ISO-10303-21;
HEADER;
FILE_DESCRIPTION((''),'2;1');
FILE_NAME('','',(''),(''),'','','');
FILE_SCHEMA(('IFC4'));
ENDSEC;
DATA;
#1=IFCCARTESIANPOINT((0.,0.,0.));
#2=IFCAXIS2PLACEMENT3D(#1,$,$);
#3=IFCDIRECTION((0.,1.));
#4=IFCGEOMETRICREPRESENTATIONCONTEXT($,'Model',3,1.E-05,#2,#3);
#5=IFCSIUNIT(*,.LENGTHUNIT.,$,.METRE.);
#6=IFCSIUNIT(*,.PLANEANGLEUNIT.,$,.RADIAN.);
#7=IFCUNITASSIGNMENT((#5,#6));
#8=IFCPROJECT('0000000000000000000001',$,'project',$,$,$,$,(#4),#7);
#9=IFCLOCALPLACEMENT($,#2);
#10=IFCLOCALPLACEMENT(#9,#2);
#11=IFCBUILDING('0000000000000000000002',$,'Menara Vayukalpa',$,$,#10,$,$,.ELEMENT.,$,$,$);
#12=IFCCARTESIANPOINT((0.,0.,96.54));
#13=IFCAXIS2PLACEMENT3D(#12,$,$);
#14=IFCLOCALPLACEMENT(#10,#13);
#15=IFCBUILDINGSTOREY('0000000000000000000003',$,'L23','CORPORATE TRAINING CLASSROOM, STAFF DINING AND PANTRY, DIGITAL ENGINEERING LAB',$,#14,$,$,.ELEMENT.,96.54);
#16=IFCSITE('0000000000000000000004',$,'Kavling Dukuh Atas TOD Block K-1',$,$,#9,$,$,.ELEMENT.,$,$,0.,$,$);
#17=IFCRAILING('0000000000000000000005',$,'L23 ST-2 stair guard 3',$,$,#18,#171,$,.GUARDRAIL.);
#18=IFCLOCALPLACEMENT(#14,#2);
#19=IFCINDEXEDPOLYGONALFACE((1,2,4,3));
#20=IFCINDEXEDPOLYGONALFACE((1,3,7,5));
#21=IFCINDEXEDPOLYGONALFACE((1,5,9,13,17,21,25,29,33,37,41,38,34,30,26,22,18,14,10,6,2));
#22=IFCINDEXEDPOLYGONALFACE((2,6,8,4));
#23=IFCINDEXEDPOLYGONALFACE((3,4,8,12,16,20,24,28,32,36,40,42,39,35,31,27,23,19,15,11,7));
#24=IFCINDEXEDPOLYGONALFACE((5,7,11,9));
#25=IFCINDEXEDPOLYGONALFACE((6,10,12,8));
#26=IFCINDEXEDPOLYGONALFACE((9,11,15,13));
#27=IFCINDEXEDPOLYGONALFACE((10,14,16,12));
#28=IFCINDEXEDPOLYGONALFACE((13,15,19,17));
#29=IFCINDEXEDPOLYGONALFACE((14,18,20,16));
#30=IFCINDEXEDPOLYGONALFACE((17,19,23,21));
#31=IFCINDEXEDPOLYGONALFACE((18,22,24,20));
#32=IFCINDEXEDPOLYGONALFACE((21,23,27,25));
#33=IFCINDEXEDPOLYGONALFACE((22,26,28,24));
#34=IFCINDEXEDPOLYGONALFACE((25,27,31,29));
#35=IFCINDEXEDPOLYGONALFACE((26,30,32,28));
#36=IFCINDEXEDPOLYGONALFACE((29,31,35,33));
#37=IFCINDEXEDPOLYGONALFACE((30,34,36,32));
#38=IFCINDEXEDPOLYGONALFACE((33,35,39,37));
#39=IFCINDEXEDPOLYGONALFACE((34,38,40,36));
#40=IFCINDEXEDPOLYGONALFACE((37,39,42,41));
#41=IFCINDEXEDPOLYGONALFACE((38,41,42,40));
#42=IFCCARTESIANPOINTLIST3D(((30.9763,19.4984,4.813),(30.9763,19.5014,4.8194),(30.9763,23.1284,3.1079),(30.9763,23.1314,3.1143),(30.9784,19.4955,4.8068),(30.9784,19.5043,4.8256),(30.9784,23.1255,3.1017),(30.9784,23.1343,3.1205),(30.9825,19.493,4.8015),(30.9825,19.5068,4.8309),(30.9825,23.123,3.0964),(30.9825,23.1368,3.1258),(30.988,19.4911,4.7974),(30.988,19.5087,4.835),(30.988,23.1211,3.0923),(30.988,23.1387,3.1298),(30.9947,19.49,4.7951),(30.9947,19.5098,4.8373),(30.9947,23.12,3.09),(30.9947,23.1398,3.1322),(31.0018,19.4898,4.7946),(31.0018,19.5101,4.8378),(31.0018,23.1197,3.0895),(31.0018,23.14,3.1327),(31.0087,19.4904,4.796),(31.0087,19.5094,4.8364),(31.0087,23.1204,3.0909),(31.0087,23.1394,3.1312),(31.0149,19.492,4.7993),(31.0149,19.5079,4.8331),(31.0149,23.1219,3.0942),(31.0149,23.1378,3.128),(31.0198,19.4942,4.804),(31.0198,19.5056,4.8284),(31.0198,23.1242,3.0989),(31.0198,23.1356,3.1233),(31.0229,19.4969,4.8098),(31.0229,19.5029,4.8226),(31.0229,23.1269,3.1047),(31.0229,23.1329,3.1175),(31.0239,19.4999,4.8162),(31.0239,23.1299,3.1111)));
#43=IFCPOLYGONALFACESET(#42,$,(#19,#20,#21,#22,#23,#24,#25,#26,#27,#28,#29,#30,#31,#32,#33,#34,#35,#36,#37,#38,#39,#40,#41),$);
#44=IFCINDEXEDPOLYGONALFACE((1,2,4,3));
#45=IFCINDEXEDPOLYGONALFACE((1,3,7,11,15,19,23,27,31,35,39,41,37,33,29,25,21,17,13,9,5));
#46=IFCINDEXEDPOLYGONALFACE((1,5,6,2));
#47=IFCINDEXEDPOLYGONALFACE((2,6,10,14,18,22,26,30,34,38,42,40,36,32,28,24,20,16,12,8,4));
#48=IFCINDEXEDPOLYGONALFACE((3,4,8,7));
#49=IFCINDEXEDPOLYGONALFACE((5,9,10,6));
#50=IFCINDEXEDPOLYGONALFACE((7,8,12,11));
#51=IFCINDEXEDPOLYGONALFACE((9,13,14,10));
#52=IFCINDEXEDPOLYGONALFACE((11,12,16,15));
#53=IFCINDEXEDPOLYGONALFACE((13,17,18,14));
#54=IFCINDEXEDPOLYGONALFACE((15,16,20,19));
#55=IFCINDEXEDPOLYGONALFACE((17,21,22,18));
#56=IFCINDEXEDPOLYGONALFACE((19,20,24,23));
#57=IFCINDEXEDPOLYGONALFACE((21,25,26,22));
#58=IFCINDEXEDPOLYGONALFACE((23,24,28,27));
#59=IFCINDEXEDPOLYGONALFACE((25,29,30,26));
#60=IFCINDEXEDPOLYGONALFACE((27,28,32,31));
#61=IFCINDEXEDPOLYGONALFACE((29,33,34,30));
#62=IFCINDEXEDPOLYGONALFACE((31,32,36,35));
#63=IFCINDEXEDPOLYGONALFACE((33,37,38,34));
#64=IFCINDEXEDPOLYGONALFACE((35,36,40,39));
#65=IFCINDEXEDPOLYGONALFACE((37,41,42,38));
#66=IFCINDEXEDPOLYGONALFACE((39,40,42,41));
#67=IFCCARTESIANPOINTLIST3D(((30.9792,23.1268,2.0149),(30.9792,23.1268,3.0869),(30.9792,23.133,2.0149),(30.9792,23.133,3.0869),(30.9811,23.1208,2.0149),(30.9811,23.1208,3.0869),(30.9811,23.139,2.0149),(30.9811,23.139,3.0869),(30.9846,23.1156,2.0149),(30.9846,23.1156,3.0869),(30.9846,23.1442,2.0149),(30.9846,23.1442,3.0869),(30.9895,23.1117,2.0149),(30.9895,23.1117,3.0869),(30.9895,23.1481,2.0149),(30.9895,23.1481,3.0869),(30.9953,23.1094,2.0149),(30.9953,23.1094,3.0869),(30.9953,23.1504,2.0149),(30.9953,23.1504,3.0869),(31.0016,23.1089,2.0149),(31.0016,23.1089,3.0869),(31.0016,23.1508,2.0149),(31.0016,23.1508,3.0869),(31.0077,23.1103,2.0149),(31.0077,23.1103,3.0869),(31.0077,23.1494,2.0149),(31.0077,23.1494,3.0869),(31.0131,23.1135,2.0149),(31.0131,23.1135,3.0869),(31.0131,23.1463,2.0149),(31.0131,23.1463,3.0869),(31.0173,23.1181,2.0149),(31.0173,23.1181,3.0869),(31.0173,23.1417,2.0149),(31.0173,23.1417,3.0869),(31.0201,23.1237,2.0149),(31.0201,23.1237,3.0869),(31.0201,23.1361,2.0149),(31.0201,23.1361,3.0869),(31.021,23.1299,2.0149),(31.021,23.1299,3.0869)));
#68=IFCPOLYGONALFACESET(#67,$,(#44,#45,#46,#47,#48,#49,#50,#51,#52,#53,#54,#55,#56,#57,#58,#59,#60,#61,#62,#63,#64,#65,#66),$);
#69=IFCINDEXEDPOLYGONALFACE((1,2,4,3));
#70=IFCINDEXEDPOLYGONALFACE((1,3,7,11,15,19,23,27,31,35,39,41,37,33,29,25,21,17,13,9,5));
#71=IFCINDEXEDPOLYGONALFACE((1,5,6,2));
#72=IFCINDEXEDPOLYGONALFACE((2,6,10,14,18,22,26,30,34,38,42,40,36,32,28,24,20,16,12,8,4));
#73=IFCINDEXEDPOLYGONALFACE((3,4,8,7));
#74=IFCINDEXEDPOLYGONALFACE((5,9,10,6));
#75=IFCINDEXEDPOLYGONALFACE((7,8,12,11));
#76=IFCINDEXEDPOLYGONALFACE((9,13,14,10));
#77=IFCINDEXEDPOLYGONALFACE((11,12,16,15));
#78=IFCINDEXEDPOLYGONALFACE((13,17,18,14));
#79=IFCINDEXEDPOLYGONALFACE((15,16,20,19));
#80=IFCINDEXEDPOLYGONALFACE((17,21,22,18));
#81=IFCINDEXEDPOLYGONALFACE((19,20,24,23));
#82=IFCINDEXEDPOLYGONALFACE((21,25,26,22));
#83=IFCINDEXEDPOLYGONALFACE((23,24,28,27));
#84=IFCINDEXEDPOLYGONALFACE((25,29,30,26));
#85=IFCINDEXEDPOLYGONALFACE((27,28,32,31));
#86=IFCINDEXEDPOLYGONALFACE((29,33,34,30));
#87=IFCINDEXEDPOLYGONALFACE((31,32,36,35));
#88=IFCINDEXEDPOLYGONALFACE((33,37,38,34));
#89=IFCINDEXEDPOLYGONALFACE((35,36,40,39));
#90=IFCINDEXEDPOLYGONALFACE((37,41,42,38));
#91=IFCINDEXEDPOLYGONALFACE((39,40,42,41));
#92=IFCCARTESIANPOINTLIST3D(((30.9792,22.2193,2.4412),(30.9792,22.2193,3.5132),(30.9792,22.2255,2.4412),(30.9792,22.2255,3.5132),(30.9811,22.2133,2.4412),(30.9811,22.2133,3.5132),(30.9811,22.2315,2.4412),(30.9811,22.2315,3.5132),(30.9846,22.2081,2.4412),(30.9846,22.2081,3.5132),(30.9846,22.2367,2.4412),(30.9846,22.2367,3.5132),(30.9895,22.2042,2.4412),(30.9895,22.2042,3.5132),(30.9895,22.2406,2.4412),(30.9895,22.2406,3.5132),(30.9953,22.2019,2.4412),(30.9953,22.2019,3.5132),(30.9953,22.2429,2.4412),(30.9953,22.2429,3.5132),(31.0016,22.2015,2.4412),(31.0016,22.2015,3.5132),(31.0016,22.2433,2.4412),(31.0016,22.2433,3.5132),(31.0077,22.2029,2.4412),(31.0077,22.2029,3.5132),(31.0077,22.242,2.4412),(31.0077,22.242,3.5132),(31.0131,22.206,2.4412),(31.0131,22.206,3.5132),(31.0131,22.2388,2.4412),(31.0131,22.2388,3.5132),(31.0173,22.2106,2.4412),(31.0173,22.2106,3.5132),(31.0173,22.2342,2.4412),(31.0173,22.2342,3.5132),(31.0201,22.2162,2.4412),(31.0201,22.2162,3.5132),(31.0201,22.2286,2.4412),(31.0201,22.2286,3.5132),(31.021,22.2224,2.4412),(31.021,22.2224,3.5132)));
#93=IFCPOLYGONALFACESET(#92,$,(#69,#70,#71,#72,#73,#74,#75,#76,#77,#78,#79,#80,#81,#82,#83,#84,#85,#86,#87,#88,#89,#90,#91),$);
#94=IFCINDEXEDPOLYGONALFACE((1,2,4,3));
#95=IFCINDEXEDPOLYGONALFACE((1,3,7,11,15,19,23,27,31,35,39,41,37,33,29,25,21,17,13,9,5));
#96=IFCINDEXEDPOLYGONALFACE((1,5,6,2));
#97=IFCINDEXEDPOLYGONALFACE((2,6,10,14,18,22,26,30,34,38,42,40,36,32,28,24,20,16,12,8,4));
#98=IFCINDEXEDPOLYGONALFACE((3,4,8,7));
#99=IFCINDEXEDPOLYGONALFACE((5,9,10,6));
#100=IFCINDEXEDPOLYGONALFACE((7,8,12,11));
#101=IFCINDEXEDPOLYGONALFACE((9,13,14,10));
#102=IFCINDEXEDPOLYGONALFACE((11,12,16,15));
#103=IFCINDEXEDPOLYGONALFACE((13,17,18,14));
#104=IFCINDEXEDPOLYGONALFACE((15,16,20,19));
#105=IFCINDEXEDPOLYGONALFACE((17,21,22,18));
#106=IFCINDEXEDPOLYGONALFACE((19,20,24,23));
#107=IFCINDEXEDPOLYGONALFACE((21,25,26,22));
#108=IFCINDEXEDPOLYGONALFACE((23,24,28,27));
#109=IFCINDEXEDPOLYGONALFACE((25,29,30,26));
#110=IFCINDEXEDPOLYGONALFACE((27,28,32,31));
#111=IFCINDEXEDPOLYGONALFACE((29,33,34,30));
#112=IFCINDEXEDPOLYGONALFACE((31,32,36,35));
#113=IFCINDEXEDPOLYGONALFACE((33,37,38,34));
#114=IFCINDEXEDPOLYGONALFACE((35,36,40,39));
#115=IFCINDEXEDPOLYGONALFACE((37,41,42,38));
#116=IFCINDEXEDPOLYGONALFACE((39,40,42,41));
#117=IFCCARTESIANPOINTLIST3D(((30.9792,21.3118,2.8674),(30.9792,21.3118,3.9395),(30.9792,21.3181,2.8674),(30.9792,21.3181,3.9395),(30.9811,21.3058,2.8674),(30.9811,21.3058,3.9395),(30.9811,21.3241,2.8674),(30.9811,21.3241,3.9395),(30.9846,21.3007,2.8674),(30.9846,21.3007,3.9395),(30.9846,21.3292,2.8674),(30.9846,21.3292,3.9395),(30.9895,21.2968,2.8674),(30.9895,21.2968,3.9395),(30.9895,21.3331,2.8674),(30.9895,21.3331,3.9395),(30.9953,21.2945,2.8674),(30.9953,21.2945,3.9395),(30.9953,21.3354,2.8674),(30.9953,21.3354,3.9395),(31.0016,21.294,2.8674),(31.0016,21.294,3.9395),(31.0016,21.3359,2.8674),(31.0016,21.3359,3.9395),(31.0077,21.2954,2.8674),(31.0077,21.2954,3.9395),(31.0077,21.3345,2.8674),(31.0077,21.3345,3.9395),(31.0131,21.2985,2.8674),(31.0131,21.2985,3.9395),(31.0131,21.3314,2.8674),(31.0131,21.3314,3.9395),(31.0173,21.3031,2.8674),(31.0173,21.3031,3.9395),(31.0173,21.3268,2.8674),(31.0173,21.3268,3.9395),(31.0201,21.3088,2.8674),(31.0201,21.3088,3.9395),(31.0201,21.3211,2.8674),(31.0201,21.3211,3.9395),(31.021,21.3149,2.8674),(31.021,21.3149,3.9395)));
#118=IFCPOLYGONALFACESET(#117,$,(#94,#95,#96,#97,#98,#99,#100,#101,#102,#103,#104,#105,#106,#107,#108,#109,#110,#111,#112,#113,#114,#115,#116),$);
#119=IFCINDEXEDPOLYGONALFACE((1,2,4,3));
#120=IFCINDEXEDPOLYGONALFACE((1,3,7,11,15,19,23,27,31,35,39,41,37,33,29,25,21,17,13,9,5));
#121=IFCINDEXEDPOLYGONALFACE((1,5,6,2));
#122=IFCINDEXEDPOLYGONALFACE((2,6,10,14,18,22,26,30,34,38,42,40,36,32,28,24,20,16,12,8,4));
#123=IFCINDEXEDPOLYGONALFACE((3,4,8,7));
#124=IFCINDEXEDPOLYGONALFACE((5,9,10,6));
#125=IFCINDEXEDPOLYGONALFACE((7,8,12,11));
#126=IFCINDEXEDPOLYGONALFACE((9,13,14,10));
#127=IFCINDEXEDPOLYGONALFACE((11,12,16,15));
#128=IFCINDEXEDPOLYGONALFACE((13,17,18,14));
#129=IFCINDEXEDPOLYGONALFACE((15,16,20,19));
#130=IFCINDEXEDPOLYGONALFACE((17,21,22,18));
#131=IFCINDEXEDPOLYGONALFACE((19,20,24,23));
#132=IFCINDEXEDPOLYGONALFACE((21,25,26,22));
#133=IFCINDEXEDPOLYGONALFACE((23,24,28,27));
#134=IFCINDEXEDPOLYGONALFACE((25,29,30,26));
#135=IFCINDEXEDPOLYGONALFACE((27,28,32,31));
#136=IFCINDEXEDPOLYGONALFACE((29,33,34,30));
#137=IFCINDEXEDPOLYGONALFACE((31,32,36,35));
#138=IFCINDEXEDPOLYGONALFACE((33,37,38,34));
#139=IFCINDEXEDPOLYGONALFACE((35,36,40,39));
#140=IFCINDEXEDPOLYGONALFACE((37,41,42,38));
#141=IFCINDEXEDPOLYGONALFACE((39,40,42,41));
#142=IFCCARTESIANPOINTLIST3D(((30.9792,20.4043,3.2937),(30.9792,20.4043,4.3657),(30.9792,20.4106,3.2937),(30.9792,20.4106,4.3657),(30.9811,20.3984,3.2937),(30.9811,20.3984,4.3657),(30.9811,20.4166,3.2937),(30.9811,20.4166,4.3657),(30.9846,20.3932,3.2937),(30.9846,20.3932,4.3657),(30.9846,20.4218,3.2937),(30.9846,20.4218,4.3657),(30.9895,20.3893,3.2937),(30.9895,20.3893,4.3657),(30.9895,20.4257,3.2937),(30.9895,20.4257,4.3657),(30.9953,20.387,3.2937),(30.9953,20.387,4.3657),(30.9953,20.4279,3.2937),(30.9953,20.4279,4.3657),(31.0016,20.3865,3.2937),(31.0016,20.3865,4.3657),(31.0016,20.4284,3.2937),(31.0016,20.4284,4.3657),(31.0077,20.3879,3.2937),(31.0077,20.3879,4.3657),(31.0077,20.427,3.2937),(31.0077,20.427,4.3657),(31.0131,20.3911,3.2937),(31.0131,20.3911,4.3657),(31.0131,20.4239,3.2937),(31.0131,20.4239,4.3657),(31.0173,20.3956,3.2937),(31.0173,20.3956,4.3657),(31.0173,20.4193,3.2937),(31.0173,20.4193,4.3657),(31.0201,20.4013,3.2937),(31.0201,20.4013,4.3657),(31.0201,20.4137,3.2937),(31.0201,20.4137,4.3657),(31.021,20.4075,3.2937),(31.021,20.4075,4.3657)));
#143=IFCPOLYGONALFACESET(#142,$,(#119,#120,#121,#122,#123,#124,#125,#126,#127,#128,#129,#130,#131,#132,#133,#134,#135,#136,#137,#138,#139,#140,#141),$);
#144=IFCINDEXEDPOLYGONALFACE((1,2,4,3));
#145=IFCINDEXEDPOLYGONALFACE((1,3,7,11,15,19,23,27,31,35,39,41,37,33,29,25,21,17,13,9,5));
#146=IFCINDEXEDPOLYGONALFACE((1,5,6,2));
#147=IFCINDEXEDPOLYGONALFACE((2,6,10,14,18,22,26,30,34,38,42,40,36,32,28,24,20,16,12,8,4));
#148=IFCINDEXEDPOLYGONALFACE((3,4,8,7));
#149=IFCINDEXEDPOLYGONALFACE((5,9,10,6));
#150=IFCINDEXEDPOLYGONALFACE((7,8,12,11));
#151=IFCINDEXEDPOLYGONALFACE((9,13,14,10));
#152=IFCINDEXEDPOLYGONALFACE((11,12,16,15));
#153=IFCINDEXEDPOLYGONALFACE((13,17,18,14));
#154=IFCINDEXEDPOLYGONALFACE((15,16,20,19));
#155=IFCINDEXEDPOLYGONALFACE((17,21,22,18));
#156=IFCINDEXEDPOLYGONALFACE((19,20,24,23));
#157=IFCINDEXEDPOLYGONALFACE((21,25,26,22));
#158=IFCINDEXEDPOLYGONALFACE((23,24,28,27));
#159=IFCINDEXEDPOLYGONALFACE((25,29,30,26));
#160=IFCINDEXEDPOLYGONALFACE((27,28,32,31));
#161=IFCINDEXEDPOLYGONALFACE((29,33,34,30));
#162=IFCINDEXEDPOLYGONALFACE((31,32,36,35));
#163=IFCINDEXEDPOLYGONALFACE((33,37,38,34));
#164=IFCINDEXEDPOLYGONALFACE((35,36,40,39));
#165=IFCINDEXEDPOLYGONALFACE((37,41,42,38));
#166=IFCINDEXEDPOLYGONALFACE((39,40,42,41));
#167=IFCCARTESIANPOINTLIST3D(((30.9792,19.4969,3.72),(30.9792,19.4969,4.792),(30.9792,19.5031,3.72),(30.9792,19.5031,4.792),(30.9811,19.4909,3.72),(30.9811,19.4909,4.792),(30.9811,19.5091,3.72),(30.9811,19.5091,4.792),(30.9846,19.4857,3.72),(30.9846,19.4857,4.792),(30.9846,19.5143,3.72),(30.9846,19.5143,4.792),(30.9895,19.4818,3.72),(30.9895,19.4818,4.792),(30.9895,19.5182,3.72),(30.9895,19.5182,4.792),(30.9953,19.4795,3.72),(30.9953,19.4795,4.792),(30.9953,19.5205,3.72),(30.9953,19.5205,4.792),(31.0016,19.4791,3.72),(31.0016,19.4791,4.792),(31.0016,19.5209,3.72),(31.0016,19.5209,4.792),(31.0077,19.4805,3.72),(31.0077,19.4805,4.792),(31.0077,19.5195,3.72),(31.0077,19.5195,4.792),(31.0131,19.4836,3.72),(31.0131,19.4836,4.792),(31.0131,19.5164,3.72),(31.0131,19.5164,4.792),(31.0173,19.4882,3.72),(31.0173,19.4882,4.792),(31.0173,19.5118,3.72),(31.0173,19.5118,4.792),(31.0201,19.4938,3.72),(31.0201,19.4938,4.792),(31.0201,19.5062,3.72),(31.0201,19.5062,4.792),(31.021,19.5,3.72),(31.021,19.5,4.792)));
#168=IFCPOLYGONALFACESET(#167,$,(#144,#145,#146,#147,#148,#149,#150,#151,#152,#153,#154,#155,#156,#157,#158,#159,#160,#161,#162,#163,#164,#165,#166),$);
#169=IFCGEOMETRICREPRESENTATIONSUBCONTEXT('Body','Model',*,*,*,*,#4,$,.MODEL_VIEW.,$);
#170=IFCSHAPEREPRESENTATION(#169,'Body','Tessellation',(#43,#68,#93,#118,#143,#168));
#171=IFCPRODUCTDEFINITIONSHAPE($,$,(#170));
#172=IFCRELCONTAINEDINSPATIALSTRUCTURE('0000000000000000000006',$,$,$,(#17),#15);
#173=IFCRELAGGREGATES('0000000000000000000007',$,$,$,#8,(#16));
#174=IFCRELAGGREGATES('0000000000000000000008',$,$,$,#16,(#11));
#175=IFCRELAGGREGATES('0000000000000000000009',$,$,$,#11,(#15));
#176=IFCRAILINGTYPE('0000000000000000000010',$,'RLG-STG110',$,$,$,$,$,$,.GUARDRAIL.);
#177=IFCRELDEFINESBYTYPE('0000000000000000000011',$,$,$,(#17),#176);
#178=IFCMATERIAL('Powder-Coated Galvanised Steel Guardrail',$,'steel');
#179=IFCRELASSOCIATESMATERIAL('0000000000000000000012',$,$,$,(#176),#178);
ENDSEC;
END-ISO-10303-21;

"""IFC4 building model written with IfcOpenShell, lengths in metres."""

from ifc_helpers import new_model, si_unit, direction, frame, origin, origin_2d, place, context, subcontext, project, spatial, circle, extrude, material, type_object, element, save


model = new_model("IFC4")

# Units and contexts
model_context = context("Model", 3, precision=1e-05, world=origin(), true_north=direction((0.0, 1.0)))
body_context = subcontext(model_context, "Body", "Model", "MODEL_VIEW")
ifc_project = project(units=[si_unit("LENGTHUNIT", "METRE"), si_unit("PLANEANGLEUNIT", "RADIAN")], contexts=[model_context])

# Site, building, storey
site_placement = place(None, origin())
site = spatial("IfcSite", under=ifc_project, at=site_placement, Name="Kavling Dukuh Atas TOD Block K-1", CompositionType="ELEMENT", RefElevation=0.0)
building_placement = place(site_placement, origin())
building = spatial("IfcBuilding", under=site, at=building_placement, Name="Menara Vayukalpa", CompositionType="ELEMENT")
storey_placement = place(building_placement, frame((0.0, 0.0, 96.54)))
storey = spatial("IfcBuildingStorey", under=building, at=storey_placement, Name="L23", Description="CORPORATE TRAINING CLASSROOM, STAFF DINING AND PANTRY, DIGITAL ENGINEERING LAB", CompositionType="ELEMENT", Elevation=96.54)

# Railing
ifc_material_1 = material(Name="Powder-Coated Galvanised Steel Guardrail", Category="steel")
railing_type_1 = type_object("IfcRailingType", Name="RLG-STG110", PredefinedType="GUARDRAIL", material=ifc_material_1)
railing_1_placement = place(storey_placement, frame((31.0, 23.1299, 2.0149)))
element("IfcRailing", 1, at=railing_1_placement, inside=storey, type_object=railing_type_1, Name="L23 ST-2 stair guard 3", PredefinedType="GUARDRAIL", context=body_context, shape_type="SweptSolid", body=[
    extrude(circle(Radius=0.0239, at=origin_2d()), frame((0.0, 0.0, 1.0962), z_axis=(0.0, -0.905116, 0.425164), x_axis=(1.0, 0.0, 0.0)), (0.0, 0.0, 1.0), 4.0105),
    extrude(circle(Radius=0.021, at=origin_2d()), origin(), (0.0, 0.0, 1.0), 1.072),
    extrude(circle(Radius=0.021, at=origin_2d()), frame((0.0, -0.9075, 0.4263)), (0.0, 0.0, 1.0), 1.072),
    extrude(circle(Radius=0.021, at=origin_2d()), frame((0.0, -1.8149, 0.8525)), (0.0, 0.0, 1.0), 1.072),
    extrude(circle(Radius=0.021, at=origin_2d()), frame((0.0, -2.7224, 1.2788)), (0.0, 0.0, 1.0), 1.072),
    extrude(circle(Radius=0.021, at=origin_2d()), frame((0.0, -3.6299, 1.7051)), (0.0, 0.0, 1.0), 1.072),
])

save(model, "model.ifc")
